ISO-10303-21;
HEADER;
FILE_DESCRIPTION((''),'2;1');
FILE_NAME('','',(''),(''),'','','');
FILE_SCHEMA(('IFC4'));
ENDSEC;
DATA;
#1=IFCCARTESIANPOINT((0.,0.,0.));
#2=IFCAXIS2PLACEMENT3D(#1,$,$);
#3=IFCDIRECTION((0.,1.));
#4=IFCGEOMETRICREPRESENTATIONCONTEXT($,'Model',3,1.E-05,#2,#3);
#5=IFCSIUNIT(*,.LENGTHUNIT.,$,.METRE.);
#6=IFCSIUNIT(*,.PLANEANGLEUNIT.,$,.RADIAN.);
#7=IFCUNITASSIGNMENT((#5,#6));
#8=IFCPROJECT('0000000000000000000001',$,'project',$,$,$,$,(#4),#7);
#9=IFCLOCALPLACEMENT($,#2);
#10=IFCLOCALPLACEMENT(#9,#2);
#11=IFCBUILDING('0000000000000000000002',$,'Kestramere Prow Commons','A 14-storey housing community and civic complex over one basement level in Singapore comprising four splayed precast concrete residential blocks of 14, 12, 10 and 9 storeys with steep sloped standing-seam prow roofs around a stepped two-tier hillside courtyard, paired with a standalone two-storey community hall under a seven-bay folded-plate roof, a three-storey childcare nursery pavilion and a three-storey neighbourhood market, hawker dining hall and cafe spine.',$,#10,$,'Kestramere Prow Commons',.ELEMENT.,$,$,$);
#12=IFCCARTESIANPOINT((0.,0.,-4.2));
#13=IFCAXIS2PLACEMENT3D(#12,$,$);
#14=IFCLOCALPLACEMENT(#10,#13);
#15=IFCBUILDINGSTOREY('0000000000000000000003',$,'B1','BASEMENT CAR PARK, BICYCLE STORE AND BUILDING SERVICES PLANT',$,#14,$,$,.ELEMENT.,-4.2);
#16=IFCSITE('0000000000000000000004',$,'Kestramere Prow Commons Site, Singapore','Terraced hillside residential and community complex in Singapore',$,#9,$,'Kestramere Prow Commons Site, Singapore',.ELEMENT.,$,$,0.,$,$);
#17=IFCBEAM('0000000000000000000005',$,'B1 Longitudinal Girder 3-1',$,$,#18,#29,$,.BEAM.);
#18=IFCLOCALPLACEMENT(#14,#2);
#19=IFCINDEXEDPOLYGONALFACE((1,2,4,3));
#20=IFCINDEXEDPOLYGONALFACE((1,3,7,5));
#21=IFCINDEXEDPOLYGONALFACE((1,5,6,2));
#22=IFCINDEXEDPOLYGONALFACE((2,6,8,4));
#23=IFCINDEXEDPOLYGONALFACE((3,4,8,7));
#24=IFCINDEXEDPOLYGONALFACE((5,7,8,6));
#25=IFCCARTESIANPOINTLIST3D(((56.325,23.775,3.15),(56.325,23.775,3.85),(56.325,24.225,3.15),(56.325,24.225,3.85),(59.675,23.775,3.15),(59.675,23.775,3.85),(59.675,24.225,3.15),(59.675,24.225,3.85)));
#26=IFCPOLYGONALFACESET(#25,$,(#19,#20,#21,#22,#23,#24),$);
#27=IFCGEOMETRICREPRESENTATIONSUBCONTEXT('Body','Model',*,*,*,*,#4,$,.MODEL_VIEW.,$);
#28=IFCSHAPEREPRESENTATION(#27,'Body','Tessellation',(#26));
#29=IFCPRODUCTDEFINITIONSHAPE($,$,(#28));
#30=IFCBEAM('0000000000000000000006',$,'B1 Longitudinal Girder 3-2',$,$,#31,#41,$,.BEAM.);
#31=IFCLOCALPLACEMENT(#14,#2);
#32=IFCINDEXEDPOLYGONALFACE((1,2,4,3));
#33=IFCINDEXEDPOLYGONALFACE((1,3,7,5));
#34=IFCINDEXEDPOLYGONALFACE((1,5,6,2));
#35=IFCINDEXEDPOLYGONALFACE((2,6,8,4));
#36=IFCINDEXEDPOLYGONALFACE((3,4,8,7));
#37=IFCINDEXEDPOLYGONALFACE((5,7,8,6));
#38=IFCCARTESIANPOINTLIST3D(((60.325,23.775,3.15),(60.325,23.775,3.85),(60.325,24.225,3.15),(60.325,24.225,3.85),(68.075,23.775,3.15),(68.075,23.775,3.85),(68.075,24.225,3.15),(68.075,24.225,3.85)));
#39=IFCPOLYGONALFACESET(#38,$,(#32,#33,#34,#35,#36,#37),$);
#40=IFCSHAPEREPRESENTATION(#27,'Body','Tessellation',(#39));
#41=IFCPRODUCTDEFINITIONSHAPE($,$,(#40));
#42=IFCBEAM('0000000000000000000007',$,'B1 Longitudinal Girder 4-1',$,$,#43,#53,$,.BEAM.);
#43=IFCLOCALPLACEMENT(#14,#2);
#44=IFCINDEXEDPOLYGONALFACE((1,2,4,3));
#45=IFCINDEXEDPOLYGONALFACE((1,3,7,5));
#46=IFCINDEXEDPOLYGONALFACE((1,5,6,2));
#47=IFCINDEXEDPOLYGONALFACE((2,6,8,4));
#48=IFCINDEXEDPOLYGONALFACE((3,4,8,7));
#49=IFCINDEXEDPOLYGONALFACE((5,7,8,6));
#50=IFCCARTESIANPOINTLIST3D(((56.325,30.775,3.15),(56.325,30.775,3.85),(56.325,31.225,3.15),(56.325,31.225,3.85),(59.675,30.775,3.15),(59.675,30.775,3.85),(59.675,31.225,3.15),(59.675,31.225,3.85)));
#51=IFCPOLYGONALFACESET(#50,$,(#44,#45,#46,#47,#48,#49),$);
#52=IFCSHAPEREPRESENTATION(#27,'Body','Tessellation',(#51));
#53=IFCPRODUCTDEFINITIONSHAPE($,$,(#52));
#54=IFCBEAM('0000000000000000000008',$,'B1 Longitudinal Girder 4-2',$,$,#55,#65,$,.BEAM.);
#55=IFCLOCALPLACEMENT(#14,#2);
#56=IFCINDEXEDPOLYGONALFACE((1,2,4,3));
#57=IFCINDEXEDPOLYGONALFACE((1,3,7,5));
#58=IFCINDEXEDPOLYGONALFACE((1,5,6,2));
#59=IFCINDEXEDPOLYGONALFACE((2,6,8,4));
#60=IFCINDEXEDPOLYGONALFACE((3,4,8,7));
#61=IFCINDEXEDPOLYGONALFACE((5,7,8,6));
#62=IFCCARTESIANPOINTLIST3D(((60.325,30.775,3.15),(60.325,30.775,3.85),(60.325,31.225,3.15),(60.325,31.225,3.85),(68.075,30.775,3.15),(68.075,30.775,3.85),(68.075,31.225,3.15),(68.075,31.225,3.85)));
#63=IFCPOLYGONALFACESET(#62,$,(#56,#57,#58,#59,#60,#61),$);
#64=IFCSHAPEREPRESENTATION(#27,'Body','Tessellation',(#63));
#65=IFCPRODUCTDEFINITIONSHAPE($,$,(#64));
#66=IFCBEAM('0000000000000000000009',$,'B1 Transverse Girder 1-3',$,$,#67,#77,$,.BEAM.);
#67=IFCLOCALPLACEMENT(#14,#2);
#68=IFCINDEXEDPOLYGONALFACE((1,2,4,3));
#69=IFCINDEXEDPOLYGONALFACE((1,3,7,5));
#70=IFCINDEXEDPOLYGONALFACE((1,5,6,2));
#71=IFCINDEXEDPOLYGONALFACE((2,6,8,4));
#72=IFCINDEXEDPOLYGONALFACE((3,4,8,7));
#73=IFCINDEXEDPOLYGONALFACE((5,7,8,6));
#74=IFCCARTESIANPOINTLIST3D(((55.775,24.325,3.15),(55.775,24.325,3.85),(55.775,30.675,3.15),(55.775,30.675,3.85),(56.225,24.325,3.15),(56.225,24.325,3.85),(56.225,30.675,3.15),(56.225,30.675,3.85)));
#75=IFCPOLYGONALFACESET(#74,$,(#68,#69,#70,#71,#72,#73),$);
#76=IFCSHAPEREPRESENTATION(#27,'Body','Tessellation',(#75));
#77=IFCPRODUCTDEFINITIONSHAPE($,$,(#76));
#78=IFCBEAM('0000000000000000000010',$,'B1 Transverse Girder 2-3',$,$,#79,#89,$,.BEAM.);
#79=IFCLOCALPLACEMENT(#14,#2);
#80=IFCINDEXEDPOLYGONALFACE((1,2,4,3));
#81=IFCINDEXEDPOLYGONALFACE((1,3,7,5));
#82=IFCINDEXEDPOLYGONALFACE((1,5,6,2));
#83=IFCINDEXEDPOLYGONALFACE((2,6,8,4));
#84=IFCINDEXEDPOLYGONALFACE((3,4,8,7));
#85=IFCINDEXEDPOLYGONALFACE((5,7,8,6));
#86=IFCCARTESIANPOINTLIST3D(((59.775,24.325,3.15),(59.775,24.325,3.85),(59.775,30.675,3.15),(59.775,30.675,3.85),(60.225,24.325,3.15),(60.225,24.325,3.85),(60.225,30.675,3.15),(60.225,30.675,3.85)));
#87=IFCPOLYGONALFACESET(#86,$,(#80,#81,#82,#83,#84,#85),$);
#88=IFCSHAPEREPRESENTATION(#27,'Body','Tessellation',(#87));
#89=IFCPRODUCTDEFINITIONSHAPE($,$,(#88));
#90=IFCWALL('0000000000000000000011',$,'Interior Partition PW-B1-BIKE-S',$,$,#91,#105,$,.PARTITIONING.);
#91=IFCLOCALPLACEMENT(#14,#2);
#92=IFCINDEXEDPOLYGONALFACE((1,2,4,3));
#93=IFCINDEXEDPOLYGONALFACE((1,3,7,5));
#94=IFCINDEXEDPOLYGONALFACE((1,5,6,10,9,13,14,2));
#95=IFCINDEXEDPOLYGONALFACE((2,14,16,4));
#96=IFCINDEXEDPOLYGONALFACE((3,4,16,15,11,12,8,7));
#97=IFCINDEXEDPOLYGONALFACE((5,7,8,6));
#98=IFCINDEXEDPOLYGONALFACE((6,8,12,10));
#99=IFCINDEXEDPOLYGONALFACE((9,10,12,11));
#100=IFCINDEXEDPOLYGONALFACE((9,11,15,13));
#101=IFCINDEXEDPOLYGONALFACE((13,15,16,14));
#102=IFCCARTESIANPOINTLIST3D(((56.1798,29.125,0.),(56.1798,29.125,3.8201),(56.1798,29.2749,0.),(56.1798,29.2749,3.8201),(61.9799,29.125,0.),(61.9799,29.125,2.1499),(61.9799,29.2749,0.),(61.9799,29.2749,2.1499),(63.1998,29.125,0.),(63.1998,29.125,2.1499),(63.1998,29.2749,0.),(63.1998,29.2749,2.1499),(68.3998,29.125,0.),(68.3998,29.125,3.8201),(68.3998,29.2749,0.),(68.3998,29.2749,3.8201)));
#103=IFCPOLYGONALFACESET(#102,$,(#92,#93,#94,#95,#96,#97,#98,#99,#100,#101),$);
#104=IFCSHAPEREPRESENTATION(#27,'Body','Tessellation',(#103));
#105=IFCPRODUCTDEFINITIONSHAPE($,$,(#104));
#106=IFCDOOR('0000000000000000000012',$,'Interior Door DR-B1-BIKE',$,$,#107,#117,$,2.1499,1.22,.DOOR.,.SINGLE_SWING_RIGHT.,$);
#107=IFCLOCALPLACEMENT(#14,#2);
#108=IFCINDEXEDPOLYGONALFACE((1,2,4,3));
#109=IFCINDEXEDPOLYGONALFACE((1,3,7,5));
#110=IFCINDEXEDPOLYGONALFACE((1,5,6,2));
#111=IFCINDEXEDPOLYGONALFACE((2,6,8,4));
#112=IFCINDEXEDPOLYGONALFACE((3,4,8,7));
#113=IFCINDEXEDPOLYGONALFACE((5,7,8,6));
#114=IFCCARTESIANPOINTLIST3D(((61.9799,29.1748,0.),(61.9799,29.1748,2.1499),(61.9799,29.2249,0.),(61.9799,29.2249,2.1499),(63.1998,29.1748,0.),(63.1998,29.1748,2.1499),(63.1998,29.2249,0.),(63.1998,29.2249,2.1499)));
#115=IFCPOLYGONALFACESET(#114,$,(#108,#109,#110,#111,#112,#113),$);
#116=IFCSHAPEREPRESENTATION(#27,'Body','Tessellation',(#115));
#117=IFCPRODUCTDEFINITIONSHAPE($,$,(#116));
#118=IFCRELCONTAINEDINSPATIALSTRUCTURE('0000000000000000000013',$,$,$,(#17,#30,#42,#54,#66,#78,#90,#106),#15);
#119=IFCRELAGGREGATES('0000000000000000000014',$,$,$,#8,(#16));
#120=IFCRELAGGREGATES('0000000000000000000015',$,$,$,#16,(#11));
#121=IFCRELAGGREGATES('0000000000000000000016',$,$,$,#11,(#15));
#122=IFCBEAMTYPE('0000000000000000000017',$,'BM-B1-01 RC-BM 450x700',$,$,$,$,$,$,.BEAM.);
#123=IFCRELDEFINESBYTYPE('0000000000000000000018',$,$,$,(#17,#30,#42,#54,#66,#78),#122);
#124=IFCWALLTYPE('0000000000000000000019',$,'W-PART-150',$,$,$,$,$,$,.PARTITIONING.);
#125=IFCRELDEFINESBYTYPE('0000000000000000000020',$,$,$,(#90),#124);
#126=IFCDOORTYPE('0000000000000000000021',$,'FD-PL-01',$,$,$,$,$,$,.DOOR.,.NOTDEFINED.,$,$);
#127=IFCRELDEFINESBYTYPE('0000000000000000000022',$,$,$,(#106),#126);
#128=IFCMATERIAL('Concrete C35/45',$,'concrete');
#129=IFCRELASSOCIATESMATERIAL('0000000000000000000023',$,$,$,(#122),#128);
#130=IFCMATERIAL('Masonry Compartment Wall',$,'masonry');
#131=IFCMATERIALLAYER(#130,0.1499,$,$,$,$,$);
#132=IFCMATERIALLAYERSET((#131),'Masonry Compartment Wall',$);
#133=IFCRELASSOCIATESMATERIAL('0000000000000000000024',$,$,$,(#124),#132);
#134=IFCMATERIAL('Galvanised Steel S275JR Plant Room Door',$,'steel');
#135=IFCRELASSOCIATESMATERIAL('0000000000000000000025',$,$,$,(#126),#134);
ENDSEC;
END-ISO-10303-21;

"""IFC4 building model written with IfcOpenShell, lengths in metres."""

from ifc_helpers import new_model, si_unit, direction, frame, frame_2d, origin, origin_2d, place, context, subcontext, project, spatial, rectangle, extrude, material, layer, layer_set, material_profile, profile_set, type_object, element, fill, save


model = new_model("IFC4")

# Units and contexts
model_context = context("Model", 3, precision=1e-05, world=origin(), true_north=direction((0.0, 1.0)))
body_context = subcontext(model_context, "Body", "Model", "MODEL_VIEW")
ifc_project = project(units=[si_unit("LENGTHUNIT", "METRE"), si_unit("PLANEANGLEUNIT", "RADIAN")], contexts=[model_context])

# Site, building, storey
site_placement = place(None, origin())
site = spatial("IfcSite", under=ifc_project, at=site_placement, Name="Kestramere Prow Commons Site, Singapore", Description="Terraced hillside residential and community complex in Singapore", LongName="Kestramere Prow Commons Site, Singapore", CompositionType="ELEMENT", RefElevation=0.0)
building_placement = place(site_placement, origin())
building = spatial("IfcBuilding", under=site, at=building_placement, Name="Kestramere Prow Commons", Description="A 14-storey housing community and civic complex over one basement level in Singapore comprising four splayed precast concrete residential blocks of 14, 12, 10 and 9 storeys with steep sloped standing-seam prow roofs around a stepped two-tier hillside courtyard, paired with a standalone two-storey community hall under a seven-bay folded-plate roof, a three-storey childcare nursery pavilion and a three-storey neighbourhood market, hawker dining hall and cafe spine.", LongName="Kestramere Prow Commons", CompositionType="ELEMENT")
storey_placement = place(building_placement, frame((0.0, 0.0, -4.2)))
storey = spatial("IfcBuildingStorey", under=building, at=storey_placement, Name="B1", Description="BASEMENT CAR PARK, BICYCLE STORE AND BUILDING SERVICES PLANT", CompositionType="ELEMENT", Elevation=-4.2)

# Shared definitions
ifc_material_1 = material(Name="Concrete C35/45", Category="concrete")

# Beams
ifc_material_profile_1 = material_profile(ifc_material_1, rectangle(XDim=0.45, YDim=0.7, at=origin_2d()), Name="RC-BM 450x700")
ifc_profile_set_1 = profile_set([ifc_material_profile_1], Name="Concrete C35/45")
beam_type = type_object("IfcBeamType", Name="BM-B1-01 RC-BM 450x700", PredefinedType="BEAM", material=ifc_profile_set_1)
beam_1_placement = place(storey_placement, frame((56.325, 24.0, 3.5), z_axis=(1.0, 0.0, 0.0), x_axis=(0.0, 1.0, 0.0)))
element("IfcBeam", 1, at=beam_1_placement, inside=storey, type_object=beam_type, Name="B1 Longitudinal Girder 3-1", PredefinedType="BEAM", context=body_context, shape_type="SweptSolid", body=[
    extrude(rectangle(XDim=0.45, YDim=0.7, at=origin_2d()), origin(), (0.0, 0.0, 1.0), 3.3501),
])
beam_2_placement = place(storey_placement, frame((60.325, 24.0, 3.5), z_axis=(1.0, 0.0, 0.0), x_axis=(0.0, 1.0, 0.0)))
element("IfcBeam", 2, at=beam_2_placement, inside=storey, type_object=beam_type, Name="B1 Longitudinal Girder 3-2", PredefinedType="BEAM", context=body_context, shape_type="SweptSolid", body=[
    extrude(rectangle(XDim=0.45, YDim=0.7, at=origin_2d()), origin(), (0.0, 0.0, 1.0), 7.75),
])
beam_3_placement = place(storey_placement, frame((56.325, 31.0, 3.5), z_axis=(1.0, 0.0, 0.0), x_axis=(0.0, 1.0, 0.0)))
element("IfcBeam", 3, at=beam_3_placement, inside=storey, type_object=beam_type, Name="B1 Longitudinal Girder 4-1", PredefinedType="BEAM", context=body_context, shape_type="SweptSolid", body=[
    extrude(rectangle(XDim=0.45, YDim=0.7, at=origin_2d()), origin(), (0.0, 0.0, 1.0), 3.3501),
])
beam_4_placement = place(storey_placement, frame((60.325, 31.0, 3.5), z_axis=(1.0, 0.0, 0.0), x_axis=(0.0, 1.0, 0.0)))
element("IfcBeam", 4, at=beam_4_placement, inside=storey, type_object=beam_type, Name="B1 Longitudinal Girder 4-2", PredefinedType="BEAM", context=body_context, shape_type="SweptSolid", body=[
    extrude(rectangle(XDim=0.45, YDim=0.7, at=origin_2d()), origin(), (0.0, 0.0, 1.0), 7.75),
])
for number, where, z_axis, x_axis, name in (
    (5, (56.0, 24.325, 3.5), (0.0, 1.0, 0.0), (-1.0, 0.0, 0.0), "B1 Transverse Girder 1-3"),
    (6, (60.0, 24.325, 3.5), (0.0, 1.0, 0.0), (-1.0, 0.0, 0.0), "B1 Transverse Girder 2-3"),
):
    element("IfcBeam", number, at=place(storey_placement, frame(where, z_axis=z_axis, x_axis=x_axis)), inside=storey, type_object=beam_type, Name=name, PredefinedType="BEAM", context=body_context, shape_type="SweptSolid", body=[
        extrude(rectangle(XDim=0.45, YDim=0.7, at=origin_2d()), origin(), (0.0, 0.0, 1.0), 6.3501),
    ])

# Wall, opening, door
ifc_material_2 = material(Name="Masonry Compartment Wall", Category="masonry")
ifc_layer = layer(ifc_material_2, 0.1499)
ifc_layer_set = layer_set([ifc_layer], Name="Masonry Compartment Wall")
wall_type = type_object("IfcWallType", Name="W-PART-150", PredefinedType="PARTITIONING", material=ifc_layer_set)
wall_placement = place(storey_placement, frame((56.1799, 29.2, 0.0), z_axis=(0.0, 0.0, 1.0), x_axis=(1.0, 0.0, 0.0)))
wall = element("IfcWall", 7, at=wall_placement, inside=storey, type_object=wall_type, Name="Interior Partition PW-B1-BIKE-S", PredefinedType="PARTITIONING", context=body_context, shape_type="SweptSolid", body=[
    extrude(rectangle(XDim=12.22, YDim=0.1499, at=frame_2d((6.1099, 0.0))), origin(), (0.0, 0.0, 1.0), 3.8201),
])
opening_placement = place(wall_placement, frame((5.8, 0.0, 0.0)))
opening = element("IfcOpeningElement", 8, at=opening_placement, cuts=wall, PredefinedType="OPENING", context=body_context, shape_type="SweptSolid", body=[
    extrude(rectangle(XDim=1.22, YDim=2.1499, at=frame_2d((0.6099, 1.075))), frame((0.0, 0.0898, 0.0), z_axis=(0.0, -1.0, 0.0), x_axis=(1.0, 0.0, 0.0)), (0.0, 0.0, 1.0), 0.1799),
])
ifc_material_3 = material(Name="Galvanised Steel S275JR Plant Room Door", Category="steel")
door_type = type_object("IfcDoorType", Name="FD-PL-01", OperationType="NOTDEFINED", PredefinedType="DOOR", material=ifc_material_3)
door_placement = place(opening_placement, origin())
door = element("IfcDoor", 9, at=door_placement, inside=storey, type_object=door_type, Name="Interior Door DR-B1-BIKE", OperationType="SINGLE_SWING_RIGHT", OverallHeight=2.1499, OverallWidth=1.22, PredefinedType="DOOR", context=body_context, shape_type="SweptSolid", body=[
    extrude(rectangle(XDim=1.22, YDim=2.1499, at=frame_2d((0.6099, 1.075))), frame((0.0, 0.0249, 0.0), z_axis=(0.0, -1.0, 0.0), x_axis=(1.0, 0.0, 0.0)), (0.0, 0.0, 1.0), 0.05),
])
fill(opening, door)

save(model, "model.ifc")
